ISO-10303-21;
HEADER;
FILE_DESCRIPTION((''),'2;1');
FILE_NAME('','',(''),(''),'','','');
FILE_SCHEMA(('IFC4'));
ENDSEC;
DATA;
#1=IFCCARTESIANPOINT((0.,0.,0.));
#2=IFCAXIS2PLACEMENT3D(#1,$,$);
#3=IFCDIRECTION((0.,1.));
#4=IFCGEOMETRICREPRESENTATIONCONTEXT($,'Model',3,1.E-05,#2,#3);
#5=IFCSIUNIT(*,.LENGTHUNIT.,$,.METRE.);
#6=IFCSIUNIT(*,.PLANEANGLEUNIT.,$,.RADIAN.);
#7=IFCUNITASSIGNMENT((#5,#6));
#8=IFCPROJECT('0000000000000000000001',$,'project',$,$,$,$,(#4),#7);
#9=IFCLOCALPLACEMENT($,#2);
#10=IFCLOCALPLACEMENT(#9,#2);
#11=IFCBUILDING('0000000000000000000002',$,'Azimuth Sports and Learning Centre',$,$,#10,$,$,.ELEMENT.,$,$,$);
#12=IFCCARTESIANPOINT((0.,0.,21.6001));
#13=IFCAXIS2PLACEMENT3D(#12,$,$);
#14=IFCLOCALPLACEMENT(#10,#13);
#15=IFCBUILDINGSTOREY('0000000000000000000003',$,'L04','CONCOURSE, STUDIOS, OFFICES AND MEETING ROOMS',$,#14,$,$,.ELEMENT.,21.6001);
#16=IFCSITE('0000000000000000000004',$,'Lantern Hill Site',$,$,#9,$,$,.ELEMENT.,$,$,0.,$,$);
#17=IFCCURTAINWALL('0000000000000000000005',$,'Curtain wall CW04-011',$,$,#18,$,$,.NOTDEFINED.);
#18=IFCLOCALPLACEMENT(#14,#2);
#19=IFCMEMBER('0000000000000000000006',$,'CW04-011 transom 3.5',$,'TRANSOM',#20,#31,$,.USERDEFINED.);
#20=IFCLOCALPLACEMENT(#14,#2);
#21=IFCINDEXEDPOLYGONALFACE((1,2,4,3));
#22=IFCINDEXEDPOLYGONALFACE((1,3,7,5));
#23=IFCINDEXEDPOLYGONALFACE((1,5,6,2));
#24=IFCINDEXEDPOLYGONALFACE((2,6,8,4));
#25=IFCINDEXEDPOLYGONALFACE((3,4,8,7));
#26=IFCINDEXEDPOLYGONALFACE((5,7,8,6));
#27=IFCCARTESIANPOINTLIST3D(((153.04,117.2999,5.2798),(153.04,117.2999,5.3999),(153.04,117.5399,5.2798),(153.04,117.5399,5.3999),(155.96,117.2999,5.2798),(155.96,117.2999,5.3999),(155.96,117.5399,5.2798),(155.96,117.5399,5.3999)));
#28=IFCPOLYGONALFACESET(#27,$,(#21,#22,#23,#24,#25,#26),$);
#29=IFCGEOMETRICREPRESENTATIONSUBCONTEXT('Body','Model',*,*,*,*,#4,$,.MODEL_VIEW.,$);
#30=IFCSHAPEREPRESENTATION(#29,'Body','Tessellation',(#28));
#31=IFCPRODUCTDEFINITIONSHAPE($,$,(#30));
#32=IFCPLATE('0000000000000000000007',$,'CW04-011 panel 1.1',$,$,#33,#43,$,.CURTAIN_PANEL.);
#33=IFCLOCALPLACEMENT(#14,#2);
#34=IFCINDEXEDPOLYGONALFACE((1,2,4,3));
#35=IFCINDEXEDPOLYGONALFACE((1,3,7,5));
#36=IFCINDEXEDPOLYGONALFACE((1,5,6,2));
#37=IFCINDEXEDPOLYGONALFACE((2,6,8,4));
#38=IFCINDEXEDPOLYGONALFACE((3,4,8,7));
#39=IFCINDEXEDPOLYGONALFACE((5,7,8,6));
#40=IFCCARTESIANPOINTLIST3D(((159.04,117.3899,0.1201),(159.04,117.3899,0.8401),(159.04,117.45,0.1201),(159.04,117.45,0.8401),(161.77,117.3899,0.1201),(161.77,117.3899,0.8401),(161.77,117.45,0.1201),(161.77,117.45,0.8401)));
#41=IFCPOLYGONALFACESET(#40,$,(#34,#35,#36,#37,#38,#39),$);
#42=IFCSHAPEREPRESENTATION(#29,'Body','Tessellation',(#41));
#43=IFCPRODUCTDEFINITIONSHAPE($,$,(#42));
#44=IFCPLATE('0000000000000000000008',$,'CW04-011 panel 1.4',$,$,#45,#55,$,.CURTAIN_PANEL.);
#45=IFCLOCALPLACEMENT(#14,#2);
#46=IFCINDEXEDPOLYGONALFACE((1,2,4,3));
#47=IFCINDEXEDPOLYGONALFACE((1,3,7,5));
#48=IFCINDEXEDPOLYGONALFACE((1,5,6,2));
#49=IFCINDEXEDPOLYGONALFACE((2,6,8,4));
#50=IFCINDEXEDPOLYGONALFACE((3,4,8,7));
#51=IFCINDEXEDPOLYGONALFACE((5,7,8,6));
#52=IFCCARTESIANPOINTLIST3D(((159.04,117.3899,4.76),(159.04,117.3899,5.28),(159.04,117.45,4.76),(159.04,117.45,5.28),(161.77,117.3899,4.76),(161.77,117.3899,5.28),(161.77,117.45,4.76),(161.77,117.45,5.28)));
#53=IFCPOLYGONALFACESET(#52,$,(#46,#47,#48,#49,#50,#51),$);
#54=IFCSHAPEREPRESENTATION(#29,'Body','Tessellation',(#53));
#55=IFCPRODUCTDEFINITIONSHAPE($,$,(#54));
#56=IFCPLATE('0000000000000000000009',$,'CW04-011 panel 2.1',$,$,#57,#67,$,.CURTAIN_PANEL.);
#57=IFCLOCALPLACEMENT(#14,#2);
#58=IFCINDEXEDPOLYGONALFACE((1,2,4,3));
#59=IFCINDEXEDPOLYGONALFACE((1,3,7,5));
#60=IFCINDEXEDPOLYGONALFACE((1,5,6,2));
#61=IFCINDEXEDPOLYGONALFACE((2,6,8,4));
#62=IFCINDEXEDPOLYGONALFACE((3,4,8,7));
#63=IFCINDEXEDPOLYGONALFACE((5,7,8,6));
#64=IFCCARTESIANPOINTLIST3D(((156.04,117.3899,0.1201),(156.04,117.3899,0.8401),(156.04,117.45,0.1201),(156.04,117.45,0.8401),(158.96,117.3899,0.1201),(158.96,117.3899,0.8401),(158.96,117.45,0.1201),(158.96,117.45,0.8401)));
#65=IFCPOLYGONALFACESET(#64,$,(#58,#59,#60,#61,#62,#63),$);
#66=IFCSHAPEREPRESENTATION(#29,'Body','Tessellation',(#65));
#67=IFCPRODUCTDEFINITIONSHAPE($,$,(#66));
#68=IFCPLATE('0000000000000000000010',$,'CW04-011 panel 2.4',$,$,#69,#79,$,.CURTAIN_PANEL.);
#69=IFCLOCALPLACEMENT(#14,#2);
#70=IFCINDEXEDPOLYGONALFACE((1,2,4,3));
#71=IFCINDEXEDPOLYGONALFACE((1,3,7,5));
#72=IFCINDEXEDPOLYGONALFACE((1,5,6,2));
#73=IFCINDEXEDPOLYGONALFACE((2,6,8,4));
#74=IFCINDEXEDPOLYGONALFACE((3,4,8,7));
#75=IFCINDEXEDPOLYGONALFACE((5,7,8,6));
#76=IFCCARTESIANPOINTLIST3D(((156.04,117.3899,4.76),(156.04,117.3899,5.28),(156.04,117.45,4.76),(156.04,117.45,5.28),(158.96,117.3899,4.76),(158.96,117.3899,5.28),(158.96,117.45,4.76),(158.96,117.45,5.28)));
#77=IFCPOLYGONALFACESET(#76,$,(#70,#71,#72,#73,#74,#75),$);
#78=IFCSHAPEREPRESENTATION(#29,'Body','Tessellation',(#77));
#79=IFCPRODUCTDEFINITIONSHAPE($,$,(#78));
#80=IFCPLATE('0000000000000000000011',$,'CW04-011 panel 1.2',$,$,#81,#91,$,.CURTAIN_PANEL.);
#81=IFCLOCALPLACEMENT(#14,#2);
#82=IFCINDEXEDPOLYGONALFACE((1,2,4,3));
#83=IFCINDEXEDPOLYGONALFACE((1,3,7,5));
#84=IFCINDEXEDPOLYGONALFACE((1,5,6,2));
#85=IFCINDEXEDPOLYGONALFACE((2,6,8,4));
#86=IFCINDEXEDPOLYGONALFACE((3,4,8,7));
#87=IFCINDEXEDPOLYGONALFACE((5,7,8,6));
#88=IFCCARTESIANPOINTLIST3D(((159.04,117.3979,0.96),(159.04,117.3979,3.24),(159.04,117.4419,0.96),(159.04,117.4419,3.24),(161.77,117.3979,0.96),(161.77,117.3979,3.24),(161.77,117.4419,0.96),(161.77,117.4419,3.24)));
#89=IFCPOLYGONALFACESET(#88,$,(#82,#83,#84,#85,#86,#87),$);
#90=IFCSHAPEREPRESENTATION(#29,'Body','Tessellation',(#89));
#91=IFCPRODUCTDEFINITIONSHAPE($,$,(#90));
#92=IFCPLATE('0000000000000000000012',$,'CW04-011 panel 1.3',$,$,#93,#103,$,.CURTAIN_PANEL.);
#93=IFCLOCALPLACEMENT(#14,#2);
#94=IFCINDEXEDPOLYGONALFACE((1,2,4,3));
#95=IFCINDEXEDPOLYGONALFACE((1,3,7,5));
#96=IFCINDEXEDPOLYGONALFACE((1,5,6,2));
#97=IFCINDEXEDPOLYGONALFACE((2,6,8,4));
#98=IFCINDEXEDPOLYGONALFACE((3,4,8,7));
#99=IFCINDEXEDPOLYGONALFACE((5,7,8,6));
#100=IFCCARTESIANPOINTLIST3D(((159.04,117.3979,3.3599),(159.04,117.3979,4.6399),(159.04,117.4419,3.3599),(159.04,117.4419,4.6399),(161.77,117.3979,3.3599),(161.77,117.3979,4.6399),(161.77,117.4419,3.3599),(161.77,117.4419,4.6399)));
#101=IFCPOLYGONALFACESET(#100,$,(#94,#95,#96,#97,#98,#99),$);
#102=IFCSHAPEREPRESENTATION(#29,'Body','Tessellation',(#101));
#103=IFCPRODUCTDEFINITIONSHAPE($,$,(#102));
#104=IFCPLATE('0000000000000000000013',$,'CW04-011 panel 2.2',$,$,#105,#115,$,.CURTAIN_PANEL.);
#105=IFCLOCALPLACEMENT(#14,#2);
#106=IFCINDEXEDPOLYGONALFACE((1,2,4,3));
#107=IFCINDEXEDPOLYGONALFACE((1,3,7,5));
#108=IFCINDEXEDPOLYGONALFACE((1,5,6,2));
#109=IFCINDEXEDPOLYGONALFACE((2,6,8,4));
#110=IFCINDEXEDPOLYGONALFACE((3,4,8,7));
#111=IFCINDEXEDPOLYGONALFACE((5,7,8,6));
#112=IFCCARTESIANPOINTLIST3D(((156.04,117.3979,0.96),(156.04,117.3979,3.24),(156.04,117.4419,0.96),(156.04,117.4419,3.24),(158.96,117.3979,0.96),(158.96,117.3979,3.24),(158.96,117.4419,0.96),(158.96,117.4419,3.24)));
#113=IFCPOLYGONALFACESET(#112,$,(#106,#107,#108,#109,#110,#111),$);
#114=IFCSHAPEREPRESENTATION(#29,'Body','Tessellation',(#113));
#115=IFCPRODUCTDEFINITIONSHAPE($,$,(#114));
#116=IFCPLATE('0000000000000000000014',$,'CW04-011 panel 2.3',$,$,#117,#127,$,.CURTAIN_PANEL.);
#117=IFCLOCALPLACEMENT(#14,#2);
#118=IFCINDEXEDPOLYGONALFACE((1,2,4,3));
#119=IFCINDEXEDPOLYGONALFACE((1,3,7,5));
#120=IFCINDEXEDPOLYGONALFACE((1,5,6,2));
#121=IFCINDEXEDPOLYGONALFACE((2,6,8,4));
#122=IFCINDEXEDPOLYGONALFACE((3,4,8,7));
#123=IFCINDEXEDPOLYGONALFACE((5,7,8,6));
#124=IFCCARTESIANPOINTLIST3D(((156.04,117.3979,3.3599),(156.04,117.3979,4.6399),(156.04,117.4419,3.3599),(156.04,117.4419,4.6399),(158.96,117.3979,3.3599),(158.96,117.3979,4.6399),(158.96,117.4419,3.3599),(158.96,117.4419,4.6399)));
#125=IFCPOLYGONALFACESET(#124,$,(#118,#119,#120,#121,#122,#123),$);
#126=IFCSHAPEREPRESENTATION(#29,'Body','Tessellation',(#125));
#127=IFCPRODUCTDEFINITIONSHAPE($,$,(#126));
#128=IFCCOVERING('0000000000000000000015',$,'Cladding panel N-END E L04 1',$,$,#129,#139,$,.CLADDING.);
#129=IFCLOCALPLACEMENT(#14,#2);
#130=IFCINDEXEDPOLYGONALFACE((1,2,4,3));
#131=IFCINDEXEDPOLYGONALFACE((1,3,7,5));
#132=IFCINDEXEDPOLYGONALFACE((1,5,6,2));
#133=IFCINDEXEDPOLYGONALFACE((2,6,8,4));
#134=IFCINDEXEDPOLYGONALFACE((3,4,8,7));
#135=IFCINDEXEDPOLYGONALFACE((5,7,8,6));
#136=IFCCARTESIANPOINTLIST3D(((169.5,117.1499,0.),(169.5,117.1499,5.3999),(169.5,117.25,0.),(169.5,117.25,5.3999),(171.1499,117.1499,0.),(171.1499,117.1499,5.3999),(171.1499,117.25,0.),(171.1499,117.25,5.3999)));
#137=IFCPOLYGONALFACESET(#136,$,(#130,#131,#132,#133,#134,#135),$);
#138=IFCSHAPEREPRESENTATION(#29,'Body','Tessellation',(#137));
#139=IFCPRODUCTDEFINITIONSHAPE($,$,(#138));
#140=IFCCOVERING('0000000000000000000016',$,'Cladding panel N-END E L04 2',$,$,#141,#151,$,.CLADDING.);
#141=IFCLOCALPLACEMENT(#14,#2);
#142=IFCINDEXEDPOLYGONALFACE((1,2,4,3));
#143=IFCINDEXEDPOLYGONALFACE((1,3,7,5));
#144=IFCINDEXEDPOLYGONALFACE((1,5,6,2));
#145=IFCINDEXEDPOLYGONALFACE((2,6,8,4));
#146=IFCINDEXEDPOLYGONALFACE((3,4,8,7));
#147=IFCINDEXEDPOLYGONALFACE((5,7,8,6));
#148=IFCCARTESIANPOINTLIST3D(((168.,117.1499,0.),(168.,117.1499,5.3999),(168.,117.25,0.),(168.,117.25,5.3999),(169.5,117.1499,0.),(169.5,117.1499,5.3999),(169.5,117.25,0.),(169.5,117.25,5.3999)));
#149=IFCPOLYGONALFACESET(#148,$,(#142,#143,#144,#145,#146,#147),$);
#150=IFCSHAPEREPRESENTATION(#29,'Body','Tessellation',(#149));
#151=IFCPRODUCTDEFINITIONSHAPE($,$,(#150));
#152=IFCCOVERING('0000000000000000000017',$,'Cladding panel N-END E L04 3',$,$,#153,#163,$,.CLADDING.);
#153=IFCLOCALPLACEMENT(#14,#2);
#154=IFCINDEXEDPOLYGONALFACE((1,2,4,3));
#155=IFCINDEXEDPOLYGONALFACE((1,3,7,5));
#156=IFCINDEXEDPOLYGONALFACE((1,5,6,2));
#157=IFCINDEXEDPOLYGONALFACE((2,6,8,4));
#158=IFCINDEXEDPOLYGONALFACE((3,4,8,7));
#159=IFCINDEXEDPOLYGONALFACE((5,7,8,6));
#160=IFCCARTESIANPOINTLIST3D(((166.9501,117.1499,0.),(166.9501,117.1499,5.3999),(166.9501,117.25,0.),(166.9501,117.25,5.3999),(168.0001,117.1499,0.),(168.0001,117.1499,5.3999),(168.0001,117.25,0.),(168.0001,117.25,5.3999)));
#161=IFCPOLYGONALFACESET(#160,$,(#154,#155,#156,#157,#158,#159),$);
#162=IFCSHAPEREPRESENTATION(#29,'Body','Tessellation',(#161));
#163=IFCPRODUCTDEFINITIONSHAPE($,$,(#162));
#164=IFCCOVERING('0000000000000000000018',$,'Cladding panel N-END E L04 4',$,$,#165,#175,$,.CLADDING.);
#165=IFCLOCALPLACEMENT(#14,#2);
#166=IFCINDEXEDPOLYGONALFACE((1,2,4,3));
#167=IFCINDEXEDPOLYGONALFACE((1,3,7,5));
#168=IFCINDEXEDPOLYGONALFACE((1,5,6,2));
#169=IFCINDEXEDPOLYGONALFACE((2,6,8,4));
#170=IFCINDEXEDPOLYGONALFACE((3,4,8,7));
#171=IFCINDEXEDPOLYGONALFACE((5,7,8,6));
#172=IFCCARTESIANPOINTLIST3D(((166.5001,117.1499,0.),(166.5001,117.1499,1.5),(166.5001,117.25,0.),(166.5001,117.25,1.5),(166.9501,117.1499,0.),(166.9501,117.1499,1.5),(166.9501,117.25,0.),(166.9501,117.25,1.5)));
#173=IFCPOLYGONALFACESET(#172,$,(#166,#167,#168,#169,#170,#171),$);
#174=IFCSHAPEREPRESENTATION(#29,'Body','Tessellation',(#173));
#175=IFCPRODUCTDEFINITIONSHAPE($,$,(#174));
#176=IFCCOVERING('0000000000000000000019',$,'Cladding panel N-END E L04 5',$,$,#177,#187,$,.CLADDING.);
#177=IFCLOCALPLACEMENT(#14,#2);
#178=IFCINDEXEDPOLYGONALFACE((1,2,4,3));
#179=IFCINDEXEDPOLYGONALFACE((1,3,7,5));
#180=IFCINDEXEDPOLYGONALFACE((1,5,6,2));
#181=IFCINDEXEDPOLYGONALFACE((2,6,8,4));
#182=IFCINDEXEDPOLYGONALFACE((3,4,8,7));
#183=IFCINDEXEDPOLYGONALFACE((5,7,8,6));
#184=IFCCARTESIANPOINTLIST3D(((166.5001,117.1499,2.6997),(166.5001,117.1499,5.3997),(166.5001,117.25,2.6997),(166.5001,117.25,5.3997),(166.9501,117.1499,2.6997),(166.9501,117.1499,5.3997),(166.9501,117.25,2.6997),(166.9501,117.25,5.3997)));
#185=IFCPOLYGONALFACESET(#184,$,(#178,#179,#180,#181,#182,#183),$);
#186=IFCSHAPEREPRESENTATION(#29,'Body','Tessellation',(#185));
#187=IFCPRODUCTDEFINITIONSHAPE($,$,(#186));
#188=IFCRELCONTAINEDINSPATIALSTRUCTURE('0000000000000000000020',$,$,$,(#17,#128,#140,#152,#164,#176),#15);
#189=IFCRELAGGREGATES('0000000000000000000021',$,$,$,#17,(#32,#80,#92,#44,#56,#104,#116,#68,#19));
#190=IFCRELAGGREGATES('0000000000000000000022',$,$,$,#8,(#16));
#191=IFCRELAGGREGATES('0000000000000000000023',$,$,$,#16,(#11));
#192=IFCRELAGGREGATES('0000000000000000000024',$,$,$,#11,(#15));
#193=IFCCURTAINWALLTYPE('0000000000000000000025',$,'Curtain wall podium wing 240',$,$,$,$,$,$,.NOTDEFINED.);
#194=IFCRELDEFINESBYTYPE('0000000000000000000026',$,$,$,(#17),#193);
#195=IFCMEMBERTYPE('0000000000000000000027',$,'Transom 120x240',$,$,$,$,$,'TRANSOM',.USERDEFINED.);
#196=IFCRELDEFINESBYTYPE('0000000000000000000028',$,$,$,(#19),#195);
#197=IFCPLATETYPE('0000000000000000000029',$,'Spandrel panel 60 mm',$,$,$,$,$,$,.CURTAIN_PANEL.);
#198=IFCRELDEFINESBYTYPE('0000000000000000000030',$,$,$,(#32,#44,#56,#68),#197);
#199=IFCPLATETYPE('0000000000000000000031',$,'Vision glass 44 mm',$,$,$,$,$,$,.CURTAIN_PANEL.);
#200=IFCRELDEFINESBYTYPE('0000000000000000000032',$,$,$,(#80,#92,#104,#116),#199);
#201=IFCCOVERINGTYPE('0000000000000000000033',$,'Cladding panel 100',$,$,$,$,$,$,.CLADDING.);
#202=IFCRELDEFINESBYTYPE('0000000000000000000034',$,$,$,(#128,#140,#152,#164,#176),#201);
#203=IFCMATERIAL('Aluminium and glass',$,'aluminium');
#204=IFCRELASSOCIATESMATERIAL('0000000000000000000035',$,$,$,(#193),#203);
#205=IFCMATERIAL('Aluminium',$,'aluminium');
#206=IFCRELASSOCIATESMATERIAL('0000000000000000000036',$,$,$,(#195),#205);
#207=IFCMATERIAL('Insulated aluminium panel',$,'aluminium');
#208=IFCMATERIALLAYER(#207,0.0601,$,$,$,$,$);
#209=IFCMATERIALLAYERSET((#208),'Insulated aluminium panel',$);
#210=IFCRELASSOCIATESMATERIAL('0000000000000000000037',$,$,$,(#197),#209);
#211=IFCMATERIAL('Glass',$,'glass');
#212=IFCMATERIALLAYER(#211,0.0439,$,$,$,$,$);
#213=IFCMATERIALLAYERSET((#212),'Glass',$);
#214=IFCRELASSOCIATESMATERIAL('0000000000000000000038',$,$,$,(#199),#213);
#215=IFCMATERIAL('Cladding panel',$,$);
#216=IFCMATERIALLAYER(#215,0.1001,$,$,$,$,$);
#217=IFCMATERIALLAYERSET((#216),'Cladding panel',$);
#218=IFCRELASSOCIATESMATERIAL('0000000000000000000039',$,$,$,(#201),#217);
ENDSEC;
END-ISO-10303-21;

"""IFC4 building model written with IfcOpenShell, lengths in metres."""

from ifc_helpers import new_model, si_unit, direction, frame, origin, origin_2d, place, context, subcontext, project, spatial, rectangle, extrude, material, layer, layer_set, material_profile, profile_set, type_object, element, aggregate, save


model = new_model("IFC4")

# Units and contexts
model_context = context("Model", 3, precision=1e-05, world=origin(), true_north=direction((0.0, 1.0)))
body_context = subcontext(model_context, "Body", "Model", "MODEL_VIEW")
ifc_project = project(units=[si_unit("LENGTHUNIT", "METRE"), si_unit("PLANEANGLEUNIT", "RADIAN")], contexts=[model_context])

# Site, building, storey
site_placement = place(None, origin())
site = spatial("IfcSite", under=ifc_project, at=site_placement, Name="Lantern Hill Site", CompositionType="ELEMENT", RefElevation=0.0)
building_placement = place(site_placement, origin())
building = spatial("IfcBuilding", under=site, at=building_placement, Name="Azimuth Sports and Learning Centre", CompositionType="ELEMENT")
storey_placement = place(building_placement, frame((0.0, 0.0, 21.6001)))
storey = spatial("IfcBuildingStorey", under=building, at=storey_placement, Name="L04", Description="CONCOURSE, STUDIOS, OFFICES AND MEETING ROOMS", CompositionType="ELEMENT", Elevation=21.6001)

# Curtain wall, member, plates
ifc_material_1 = material(Name="Aluminium and glass", Category="aluminium")
curtain_wall_type = type_object("IfcCurtainWallType", Name="Curtain wall podium wing 240", PredefinedType="NOTDEFINED", material=ifc_material_1)
curtain_wall_placement = place(storey_placement, origin())
curtain_wall = element("IfcCurtainWall", 1, at=curtain_wall_placement, inside=storey, type_object=curtain_wall_type, Name="Curtain wall CW04-011", PredefinedType="NOTDEFINED")
ifc_material_2 = material(Name="Aluminium", Category="aluminium")
ifc_material_profile_1 = material_profile(ifc_material_2, rectangle(XDim=0.24, YDim=0.1201, at=origin_2d()), Name="Transom 120x240")
ifc_profile_set_1 = profile_set([ifc_material_profile_1], Name="Aluminium")
member_type_1 = type_object("IfcMemberType", Name="Transom 120x240", ElementType="TRANSOM", PredefinedType="USERDEFINED", material=ifc_profile_set_1)
member_1_placement = place(storey_placement, frame((155.96, 117.4199, 5.3398), z_axis=(-1.0, 0.0, 0.0), x_axis=(0.0, -1.0, 0.0)))
member_1 = element("IfcMember", 2, at=member_1_placement, type_object=member_type_1, Name="CW04-011 transom 3.5", ObjectType="TRANSOM", PredefinedType="USERDEFINED", context=body_context, shape_type="SweptSolid", body=[
    extrude(rectangle(XDim=0.24, YDim=0.1201, at=origin_2d()), origin(), (0.0, 0.0, 1.0), 2.9199),
])
ifc_material_3 = material(Name="Insulated aluminium panel", Category="aluminium")
ifc_layer_1 = layer(ifc_material_3, 0.0601)
ifc_layer_set_1 = layer_set([ifc_layer_1], Name="Insulated aluminium panel")
plate_type_1 = type_object("IfcPlateType", Name="Spandrel panel 60 mm", PredefinedType="CURTAIN_PANEL", material=ifc_layer_set_1)
plate_1_placement = place(storey_placement, frame((160.405, 117.4199, 0.1201), z_axis=(0.0, 0.0, 1.0), x_axis=(-1.0, 0.0, 0.0)))
plate_1 = element("IfcPlate", 3, at=plate_1_placement, type_object=plate_type_1, Name="CW04-011 panel 1.1", PredefinedType="CURTAIN_PANEL", context=body_context, shape_type="SweptSolid", body=[
    extrude(rectangle(XDim=2.73, YDim=0.0601, at=origin_2d()), origin(), (0.0, 0.0, 1.0), 0.72),
])
plate_2_placement = place(storey_placement, frame((160.405, 117.4199, 4.76), z_axis=(0.0, 0.0, 1.0), x_axis=(-1.0, 0.0, 0.0)))
plate_2 = element("IfcPlate", 4, at=plate_2_placement, type_object=plate_type_1, Name="CW04-011 panel 1.4", PredefinedType="CURTAIN_PANEL", context=body_context, shape_type="SweptSolid", body=[
    extrude(rectangle(XDim=2.73, YDim=0.0601, at=origin_2d()), origin(), (0.0, 0.0, 1.0), 0.52),
])
plate_3_placement = place(storey_placement, frame((157.5, 117.4199, 0.1201), z_axis=(0.0, 0.0, 1.0), x_axis=(-1.0, 0.0, 0.0)))
plate_3 = element("IfcPlate", 5, at=plate_3_placement, type_object=plate_type_1, Name="CW04-011 panel 2.1", PredefinedType="CURTAIN_PANEL", context=body_context, shape_type="SweptSolid", body=[
    extrude(rectangle(XDim=2.9199, YDim=0.0601, at=origin_2d()), origin(), (0.0, 0.0, 1.0), 0.72),
])
plate_4_placement = place(storey_placement, frame((157.5, 117.4199, 4.76), z_axis=(0.0, 0.0, 1.0), x_axis=(-1.0, 0.0, 0.0)))
plate_4 = element("IfcPlate", 6, at=plate_4_placement, type_object=plate_type_1, Name="CW04-011 panel 2.4", PredefinedType="CURTAIN_PANEL", context=body_context, shape_type="SweptSolid", body=[
    extrude(rectangle(XDim=2.9199, YDim=0.0601, at=origin_2d()), origin(), (0.0, 0.0, 1.0), 0.52),
])
ifc_material_4 = material(Name="Glass", Category="glass")
ifc_layer_2 = layer(ifc_material_4, 0.0439)
ifc_layer_set_2 = layer_set([ifc_layer_2], Name="Glass")
plate_type_2 = type_object("IfcPlateType", Name="Vision glass 44 mm", PredefinedType="CURTAIN_PANEL", material=ifc_layer_set_2)
plate_5_placement = place(storey_placement, frame((160.405, 117.4199, 0.96), z_axis=(0.0, 0.0, 1.0), x_axis=(-1.0, 0.0, 0.0)))
plate_5 = element("IfcPlate", 7, at=plate_5_placement, type_object=plate_type_2, Name="CW04-011 panel 1.2", PredefinedType="CURTAIN_PANEL", context=body_context, shape_type="SweptSolid", body=[
    extrude(rectangle(XDim=2.73, YDim=0.0439, at=origin_2d()), origin(), (0.0, 0.0, 1.0), 2.28),
])
plate_6_placement = place(storey_placement, frame((160.405, 117.4199, 3.3599), z_axis=(0.0, 0.0, 1.0), x_axis=(-1.0, 0.0, 0.0)))
plate_6 = element("IfcPlate", 8, at=plate_6_placement, type_object=plate_type_2, Name="CW04-011 panel 1.3", PredefinedType="CURTAIN_PANEL", context=body_context, shape_type="SweptSolid", body=[
    extrude(rectangle(XDim=2.73, YDim=0.0439, at=origin_2d()), origin(), (0.0, 0.0, 1.0), 1.28),
])
plate_7_placement = place(storey_placement, frame((157.5, 117.4199, 0.96), z_axis=(0.0, 0.0, 1.0), x_axis=(-1.0, 0.0, 0.0)))
plate_7 = element("IfcPlate", 9, at=plate_7_placement, type_object=plate_type_2, Name="CW04-011 panel 2.2", PredefinedType="CURTAIN_PANEL", context=body_context, shape_type="SweptSolid", body=[
    extrude(rectangle(XDim=2.9199, YDim=0.0439, at=origin_2d()), origin(), (0.0, 0.0, 1.0), 2.28),
])
plate_8_placement = place(storey_placement, frame((157.5, 117.4199, 3.3599), z_axis=(0.0, 0.0, 1.0), x_axis=(-1.0, 0.0, 0.0)))
plate_8 = element("IfcPlate", 10, at=plate_8_placement, type_object=plate_type_2, Name="CW04-011 panel 2.3", PredefinedType="CURTAIN_PANEL", context=body_context, shape_type="SweptSolid", body=[
    extrude(rectangle(XDim=2.9199, YDim=0.0439, at=origin_2d()), origin(), (0.0, 0.0, 1.0), 1.28),
])
aggregate(curtain_wall, [plate_1, plate_5, plate_6, plate_2, plate_3, plate_7, plate_8, plate_4, member_1])

# Coverings
ifc_material_5 = material(Name="Cladding panel")
ifc_layer_3 = layer(ifc_material_5, 0.1001)
ifc_layer_set_3 = layer_set([ifc_layer_3], Name="Cladding panel")
covering_type = type_object("IfcCoveringType", Name="Cladding panel 100", PredefinedType="CLADDING", material=ifc_layer_set_3)
covering_1_placement = place(storey_placement, frame((170.325, 117.2, 0.0), z_axis=(0.0, 0.0, 1.0), x_axis=(-1.0, 0.0, 0.0)))
element("IfcCovering", 11, at=covering_1_placement, inside=storey, type_object=covering_type, Name="Cladding panel N-END E L04 1", PredefinedType="CLADDING", context=body_context, shape_type="SweptSolid", body=[
    extrude(rectangle(XDim=1.6499, YDim=0.1001, at=origin_2d()), origin(), (0.0, 0.0, 1.0), 5.3999),
])
covering_2_placement = place(storey_placement, frame((168.75, 117.2, 0.0), z_axis=(0.0, 0.0, 1.0), x_axis=(-1.0, 0.0, 0.0)))
element("IfcCovering", 12, at=covering_2_placement, inside=storey, type_object=covering_type, Name="Cladding panel N-END E L04 2", PredefinedType="CLADDING", context=body_context, shape_type="SweptSolid", body=[
    extrude(rectangle(XDim=1.5, YDim=0.1001, at=origin_2d()), origin(), (0.0, 0.0, 1.0), 5.3999),
])
covering_3_placement = place(storey_placement, frame((167.4751, 117.2, 0.0), z_axis=(0.0, 0.0, 1.0), x_axis=(-1.0, 0.0, 0.0)))
element("IfcCovering", 13, at=covering_3_placement, inside=storey, type_object=covering_type, Name="Cladding panel N-END E L04 3", PredefinedType="CLADDING", context=body_context, shape_type="SweptSolid", body=[
    extrude(rectangle(XDim=1.05, YDim=0.1001, at=origin_2d()), origin(), (0.0, 0.0, 1.0), 5.3999),
])
covering_4_placement = place(storey_placement, frame((166.7251, 117.2, 0.0), z_axis=(0.0, 0.0, 1.0), x_axis=(-1.0, 0.0, 0.0)))
element("IfcCovering", 14, at=covering_4_placement, inside=storey, type_object=covering_type, Name="Cladding panel N-END E L04 4", PredefinedType="CLADDING", context=body_context, shape_type="SweptSolid", body=[
    extrude(rectangle(XDim=0.45, YDim=0.1001, at=origin_2d()), origin(), (0.0, 0.0, 1.0), 1.5),
])
covering_5_placement = place(storey_placement, frame((166.7251, 117.2, 2.6997), z_axis=(0.0, 0.0, 1.0), x_axis=(-1.0, 0.0, 0.0)))
element("IfcCovering", 15, at=covering_5_placement, inside=storey, type_object=covering_type, Name="Cladding panel N-END E L04 5", PredefinedType="CLADDING", context=body_context, shape_type="SweptSolid", body=[
    extrude(rectangle(XDim=0.45, YDim=0.1001, at=origin_2d()), origin(), (0.0, 0.0, 1.0), 2.7),
])

save(model, "model.ifc")
